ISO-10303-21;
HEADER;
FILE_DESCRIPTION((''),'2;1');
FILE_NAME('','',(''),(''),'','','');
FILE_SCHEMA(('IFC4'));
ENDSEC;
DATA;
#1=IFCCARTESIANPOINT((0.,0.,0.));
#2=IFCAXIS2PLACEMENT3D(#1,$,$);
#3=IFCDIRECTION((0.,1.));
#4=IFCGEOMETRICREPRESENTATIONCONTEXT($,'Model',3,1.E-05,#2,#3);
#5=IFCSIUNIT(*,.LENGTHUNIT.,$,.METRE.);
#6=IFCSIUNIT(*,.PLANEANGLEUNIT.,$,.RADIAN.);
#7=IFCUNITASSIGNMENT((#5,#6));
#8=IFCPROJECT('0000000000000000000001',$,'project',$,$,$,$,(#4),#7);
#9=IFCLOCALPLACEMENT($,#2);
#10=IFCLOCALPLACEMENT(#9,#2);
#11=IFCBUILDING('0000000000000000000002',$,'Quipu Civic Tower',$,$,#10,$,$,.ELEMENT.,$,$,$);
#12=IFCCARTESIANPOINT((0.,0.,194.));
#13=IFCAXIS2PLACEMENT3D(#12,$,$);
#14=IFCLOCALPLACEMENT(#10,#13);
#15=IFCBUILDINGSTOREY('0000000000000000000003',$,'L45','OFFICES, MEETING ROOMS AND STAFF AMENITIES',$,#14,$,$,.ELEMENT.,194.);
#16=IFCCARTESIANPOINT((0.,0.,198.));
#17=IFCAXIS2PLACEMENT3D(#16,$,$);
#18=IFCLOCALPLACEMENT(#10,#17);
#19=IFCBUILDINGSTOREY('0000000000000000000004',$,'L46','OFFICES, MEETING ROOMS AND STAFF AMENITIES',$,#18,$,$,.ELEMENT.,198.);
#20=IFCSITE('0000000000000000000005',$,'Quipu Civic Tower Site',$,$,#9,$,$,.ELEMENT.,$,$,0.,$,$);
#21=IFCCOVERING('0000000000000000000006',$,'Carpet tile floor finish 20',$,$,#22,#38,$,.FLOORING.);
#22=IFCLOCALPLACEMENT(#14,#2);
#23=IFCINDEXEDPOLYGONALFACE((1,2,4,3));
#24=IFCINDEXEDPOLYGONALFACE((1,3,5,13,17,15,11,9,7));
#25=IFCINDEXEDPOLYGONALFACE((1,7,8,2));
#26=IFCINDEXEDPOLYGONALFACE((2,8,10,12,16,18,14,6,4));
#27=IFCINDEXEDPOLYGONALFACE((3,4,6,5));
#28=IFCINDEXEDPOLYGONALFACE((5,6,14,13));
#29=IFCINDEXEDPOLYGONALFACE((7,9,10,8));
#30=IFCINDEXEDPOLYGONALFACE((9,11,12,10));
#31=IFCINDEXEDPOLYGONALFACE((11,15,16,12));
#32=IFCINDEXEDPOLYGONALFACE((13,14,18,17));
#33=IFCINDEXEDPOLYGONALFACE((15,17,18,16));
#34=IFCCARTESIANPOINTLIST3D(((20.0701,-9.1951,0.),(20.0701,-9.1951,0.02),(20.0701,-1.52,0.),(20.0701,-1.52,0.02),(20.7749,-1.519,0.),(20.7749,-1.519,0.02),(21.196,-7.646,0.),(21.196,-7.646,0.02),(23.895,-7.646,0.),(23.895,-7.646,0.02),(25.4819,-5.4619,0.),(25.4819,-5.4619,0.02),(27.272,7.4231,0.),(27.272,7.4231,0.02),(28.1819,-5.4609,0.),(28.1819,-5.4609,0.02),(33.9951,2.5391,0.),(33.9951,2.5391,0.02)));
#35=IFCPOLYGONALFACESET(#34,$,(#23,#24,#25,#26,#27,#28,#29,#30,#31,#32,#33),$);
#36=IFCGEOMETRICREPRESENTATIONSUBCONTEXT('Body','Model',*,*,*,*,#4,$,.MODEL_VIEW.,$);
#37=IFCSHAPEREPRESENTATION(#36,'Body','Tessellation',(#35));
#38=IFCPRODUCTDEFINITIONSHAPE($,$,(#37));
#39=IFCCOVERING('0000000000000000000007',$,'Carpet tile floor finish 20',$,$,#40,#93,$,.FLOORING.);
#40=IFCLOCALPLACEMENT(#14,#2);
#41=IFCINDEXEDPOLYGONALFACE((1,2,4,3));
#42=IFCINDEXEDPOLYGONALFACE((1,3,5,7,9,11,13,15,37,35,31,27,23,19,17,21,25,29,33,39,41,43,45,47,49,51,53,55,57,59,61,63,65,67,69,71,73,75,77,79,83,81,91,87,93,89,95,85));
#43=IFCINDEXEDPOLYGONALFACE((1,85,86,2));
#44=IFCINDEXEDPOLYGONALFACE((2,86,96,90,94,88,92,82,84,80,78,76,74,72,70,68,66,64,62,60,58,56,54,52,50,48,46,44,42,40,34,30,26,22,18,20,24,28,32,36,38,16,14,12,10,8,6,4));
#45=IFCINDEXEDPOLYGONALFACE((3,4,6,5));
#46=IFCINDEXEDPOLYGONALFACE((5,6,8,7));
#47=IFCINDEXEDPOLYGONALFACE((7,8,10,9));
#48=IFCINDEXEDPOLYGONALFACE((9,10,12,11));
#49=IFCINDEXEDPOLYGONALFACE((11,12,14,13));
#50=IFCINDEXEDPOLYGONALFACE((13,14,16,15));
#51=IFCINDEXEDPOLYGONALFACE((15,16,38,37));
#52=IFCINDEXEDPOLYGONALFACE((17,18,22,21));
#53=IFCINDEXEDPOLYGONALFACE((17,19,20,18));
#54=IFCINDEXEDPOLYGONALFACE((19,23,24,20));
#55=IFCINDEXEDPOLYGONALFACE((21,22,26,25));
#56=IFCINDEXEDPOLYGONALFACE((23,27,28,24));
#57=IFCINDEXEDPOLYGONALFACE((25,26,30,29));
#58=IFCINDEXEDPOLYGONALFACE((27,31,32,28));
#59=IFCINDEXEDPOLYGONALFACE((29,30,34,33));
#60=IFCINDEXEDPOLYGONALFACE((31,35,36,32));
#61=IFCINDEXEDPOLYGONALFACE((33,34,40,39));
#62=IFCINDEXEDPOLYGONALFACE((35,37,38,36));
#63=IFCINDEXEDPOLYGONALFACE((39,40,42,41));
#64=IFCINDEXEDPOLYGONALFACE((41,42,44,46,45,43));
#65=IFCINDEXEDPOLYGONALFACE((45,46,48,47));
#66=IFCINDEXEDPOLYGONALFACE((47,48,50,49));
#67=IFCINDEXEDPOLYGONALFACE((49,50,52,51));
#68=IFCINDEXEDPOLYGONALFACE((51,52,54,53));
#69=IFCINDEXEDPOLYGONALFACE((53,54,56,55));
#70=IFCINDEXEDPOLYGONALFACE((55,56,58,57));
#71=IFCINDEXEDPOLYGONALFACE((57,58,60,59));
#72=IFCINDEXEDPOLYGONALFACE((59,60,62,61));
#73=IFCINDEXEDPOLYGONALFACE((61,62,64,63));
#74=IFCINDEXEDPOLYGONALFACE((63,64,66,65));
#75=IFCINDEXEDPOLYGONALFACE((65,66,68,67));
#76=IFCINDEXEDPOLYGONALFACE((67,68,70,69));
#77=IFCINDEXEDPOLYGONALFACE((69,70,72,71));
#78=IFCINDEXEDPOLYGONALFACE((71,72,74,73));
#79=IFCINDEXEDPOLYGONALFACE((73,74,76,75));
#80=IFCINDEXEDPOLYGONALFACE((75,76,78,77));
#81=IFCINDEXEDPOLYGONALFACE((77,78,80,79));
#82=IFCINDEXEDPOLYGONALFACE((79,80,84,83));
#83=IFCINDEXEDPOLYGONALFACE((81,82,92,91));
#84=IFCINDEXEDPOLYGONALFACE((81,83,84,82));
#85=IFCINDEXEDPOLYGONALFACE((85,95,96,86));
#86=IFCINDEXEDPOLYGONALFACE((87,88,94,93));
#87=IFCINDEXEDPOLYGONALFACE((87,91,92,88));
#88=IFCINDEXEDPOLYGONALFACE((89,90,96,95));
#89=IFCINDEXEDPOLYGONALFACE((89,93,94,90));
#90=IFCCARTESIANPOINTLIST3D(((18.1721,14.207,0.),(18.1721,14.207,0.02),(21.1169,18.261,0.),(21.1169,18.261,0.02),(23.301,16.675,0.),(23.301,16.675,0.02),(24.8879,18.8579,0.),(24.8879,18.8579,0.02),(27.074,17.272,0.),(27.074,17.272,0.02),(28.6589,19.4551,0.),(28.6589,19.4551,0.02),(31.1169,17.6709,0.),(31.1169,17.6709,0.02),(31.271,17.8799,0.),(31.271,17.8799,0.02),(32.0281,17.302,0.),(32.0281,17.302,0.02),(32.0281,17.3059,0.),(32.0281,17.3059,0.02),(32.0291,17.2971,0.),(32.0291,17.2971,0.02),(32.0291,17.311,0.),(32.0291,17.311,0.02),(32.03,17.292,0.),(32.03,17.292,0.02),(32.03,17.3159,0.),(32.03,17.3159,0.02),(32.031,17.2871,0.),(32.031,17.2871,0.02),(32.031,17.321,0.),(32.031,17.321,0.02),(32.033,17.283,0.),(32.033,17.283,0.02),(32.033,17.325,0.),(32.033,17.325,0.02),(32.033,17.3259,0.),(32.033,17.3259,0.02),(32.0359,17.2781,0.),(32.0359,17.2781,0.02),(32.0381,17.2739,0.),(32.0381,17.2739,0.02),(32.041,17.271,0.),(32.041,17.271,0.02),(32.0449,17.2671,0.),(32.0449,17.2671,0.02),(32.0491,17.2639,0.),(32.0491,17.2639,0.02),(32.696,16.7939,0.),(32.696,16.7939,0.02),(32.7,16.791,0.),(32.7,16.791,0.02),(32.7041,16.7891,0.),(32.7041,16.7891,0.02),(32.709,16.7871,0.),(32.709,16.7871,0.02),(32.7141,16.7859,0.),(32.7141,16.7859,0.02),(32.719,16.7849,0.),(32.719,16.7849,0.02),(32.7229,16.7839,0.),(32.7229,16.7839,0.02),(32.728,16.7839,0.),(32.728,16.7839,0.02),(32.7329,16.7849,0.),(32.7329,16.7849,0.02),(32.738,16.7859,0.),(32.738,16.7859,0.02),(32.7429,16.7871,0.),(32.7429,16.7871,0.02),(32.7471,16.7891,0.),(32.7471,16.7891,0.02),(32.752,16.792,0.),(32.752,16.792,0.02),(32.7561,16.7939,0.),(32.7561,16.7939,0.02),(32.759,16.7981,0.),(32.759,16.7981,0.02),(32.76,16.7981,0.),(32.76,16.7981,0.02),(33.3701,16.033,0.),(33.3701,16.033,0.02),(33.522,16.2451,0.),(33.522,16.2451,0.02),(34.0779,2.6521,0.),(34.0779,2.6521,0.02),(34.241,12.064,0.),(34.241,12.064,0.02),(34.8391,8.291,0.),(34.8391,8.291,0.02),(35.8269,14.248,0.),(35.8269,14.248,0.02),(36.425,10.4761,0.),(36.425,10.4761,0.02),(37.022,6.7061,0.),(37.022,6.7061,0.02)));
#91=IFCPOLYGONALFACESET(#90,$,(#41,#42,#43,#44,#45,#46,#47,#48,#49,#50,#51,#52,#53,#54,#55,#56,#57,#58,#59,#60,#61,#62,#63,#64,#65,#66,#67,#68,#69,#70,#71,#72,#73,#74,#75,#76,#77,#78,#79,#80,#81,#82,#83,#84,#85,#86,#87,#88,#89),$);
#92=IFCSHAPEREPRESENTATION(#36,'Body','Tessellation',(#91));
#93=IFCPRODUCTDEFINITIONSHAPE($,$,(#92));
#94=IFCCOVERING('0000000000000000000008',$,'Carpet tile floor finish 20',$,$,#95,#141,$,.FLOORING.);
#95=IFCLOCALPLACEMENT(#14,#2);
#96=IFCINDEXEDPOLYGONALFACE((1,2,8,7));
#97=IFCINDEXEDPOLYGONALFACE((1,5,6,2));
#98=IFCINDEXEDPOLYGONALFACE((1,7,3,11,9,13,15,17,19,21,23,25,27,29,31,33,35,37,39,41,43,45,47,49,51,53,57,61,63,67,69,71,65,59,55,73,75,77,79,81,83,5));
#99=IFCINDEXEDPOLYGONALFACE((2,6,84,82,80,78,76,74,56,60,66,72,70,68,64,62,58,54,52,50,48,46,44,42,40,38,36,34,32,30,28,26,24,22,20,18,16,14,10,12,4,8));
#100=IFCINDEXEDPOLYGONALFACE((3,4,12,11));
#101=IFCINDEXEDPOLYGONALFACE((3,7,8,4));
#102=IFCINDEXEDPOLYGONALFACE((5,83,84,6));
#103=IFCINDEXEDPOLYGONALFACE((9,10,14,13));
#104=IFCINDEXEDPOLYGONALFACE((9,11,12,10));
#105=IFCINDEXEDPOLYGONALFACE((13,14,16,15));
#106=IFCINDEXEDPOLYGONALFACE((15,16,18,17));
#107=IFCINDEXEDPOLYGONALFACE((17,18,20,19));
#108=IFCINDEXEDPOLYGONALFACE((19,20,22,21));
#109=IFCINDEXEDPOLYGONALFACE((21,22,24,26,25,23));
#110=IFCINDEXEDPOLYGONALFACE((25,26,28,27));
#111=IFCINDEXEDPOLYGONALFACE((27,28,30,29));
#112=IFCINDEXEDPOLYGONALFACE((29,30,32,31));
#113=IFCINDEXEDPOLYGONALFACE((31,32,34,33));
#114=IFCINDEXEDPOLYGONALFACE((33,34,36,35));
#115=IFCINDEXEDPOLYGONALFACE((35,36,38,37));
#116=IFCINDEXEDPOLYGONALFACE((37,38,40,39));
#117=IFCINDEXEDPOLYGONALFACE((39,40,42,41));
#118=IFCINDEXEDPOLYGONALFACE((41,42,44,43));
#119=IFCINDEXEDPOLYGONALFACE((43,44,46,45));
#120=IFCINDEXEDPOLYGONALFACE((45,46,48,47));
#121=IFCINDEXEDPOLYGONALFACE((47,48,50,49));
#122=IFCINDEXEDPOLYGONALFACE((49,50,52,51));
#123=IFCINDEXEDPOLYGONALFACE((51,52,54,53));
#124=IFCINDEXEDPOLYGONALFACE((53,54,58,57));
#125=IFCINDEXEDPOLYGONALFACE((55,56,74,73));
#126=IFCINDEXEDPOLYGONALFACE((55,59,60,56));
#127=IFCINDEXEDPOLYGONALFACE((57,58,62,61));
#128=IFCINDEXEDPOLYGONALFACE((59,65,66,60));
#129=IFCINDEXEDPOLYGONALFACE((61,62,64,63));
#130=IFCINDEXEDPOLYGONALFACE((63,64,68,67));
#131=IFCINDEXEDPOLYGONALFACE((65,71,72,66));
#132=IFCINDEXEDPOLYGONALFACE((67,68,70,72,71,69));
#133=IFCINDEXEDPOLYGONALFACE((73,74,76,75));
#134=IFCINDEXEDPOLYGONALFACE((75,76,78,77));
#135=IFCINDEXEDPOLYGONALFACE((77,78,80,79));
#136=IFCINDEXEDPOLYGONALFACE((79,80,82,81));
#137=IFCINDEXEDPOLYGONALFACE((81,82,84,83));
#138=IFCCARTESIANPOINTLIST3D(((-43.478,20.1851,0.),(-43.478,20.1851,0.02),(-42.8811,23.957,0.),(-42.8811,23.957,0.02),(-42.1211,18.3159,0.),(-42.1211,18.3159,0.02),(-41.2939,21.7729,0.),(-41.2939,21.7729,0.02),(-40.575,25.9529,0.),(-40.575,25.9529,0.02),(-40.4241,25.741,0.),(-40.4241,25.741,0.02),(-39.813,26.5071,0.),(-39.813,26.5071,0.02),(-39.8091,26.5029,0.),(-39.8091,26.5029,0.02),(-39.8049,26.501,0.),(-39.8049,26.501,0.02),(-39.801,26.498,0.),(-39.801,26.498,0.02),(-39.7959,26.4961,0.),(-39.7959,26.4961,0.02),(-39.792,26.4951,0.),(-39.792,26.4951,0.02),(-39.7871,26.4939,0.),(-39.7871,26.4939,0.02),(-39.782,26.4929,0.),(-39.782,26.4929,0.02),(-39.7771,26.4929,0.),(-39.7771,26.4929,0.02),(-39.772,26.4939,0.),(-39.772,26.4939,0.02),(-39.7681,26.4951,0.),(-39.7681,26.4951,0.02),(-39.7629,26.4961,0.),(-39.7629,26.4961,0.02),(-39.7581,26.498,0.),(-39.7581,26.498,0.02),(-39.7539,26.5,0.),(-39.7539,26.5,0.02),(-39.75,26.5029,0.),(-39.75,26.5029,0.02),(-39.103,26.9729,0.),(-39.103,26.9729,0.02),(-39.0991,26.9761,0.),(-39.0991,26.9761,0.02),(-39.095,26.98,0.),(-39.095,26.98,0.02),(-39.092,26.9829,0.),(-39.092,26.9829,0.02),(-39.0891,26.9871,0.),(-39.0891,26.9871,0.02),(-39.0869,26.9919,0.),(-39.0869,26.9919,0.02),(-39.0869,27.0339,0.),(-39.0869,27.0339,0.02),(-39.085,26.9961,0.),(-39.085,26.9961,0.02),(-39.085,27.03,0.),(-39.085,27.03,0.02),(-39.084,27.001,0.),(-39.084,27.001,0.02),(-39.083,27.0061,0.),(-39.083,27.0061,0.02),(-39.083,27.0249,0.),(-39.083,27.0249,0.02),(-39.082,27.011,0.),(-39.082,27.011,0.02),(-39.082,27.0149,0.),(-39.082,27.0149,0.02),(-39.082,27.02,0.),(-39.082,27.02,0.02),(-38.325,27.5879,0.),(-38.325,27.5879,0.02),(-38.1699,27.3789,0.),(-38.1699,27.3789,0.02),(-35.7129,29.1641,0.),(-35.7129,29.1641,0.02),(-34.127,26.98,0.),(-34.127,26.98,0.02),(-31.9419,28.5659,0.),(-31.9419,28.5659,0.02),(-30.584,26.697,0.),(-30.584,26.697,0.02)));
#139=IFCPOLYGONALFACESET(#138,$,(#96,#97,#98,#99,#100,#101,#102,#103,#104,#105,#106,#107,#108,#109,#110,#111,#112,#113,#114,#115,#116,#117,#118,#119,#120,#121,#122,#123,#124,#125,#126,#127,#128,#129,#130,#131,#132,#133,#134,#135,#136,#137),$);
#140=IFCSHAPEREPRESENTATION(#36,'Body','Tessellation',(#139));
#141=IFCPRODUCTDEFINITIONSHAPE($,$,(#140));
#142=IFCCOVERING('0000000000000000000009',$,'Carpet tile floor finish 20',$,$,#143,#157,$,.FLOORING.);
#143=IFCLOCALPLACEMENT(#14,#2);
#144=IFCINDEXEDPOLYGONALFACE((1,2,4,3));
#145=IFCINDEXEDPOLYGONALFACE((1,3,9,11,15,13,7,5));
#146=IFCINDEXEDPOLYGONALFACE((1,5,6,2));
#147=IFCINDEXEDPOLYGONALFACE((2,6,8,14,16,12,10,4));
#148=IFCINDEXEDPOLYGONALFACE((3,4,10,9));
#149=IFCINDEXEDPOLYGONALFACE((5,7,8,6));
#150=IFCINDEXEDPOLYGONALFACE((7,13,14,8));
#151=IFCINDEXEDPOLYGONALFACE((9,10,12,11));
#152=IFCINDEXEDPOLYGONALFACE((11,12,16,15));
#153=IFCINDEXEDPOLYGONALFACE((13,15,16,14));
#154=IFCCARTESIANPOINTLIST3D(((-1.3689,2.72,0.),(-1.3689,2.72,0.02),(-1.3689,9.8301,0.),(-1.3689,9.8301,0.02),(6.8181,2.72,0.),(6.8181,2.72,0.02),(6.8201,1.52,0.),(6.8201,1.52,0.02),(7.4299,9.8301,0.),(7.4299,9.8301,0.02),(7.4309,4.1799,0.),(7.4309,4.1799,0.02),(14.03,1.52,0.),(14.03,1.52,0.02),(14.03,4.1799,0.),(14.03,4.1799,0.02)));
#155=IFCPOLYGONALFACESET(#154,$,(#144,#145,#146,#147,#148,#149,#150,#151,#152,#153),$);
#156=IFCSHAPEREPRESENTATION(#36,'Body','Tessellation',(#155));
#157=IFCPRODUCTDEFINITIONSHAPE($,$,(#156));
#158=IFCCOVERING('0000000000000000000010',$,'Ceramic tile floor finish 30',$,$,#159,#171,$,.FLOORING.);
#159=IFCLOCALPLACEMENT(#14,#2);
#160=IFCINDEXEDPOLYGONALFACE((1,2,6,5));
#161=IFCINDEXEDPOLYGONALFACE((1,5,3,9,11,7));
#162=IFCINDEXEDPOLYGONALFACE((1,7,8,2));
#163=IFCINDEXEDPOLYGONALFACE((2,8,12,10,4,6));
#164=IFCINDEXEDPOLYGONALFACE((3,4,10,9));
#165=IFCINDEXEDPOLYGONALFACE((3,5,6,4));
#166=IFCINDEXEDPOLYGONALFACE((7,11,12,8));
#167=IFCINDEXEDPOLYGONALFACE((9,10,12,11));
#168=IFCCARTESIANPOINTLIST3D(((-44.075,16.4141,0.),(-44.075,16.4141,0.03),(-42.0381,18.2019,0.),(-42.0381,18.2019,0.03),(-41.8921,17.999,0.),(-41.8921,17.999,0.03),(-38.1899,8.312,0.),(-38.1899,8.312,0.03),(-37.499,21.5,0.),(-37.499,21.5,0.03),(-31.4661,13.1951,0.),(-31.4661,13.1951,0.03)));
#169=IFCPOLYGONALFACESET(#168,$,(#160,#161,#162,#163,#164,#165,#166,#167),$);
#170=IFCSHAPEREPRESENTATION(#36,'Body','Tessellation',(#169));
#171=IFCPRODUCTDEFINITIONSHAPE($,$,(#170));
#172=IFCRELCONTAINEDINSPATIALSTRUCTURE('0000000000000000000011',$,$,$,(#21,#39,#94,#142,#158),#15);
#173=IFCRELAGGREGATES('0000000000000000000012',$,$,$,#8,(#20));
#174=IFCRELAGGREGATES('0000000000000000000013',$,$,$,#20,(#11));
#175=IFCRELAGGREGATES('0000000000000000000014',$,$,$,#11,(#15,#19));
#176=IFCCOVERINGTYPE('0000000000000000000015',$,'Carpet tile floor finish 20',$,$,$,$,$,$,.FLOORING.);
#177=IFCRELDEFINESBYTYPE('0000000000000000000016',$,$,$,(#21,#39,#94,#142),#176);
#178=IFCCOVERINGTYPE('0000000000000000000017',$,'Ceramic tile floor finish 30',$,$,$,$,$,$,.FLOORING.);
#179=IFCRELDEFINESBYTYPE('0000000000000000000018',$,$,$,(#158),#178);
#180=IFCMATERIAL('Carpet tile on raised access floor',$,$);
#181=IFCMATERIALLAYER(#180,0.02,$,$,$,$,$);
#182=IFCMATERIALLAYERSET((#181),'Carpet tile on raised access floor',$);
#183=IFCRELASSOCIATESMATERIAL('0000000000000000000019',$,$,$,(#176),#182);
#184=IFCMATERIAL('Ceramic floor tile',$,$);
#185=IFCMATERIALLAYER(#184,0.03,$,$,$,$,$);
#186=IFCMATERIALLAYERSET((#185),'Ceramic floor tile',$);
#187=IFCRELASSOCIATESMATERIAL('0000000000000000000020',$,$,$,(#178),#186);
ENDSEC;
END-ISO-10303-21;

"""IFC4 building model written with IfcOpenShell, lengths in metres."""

from ifc_helpers import new_model, si_unit, direction, frame, origin, place, context, subcontext, project, spatial, polyline, outline, extrude, material, layer, layer_set, type_object, element, save


model = new_model("IFC4")

# Units and contexts
model_context = context("Model", 3, precision=1e-05, world=origin(), true_north=direction((0.0, 1.0)))
body_context = subcontext(model_context, "Body", "Model", "MODEL_VIEW")
ifc_project = project(units=[si_unit("LENGTHUNIT", "METRE"), si_unit("PLANEANGLEUNIT", "RADIAN")], contexts=[model_context])

# Site, building, storey
site_placement = place(None, origin())
site = spatial("IfcSite", under=ifc_project, at=site_placement, Name="Quipu Civic Tower Site", CompositionType="ELEMENT", RefElevation=0.0)
building_placement = place(site_placement, origin())
building = spatial("IfcBuilding", under=site, at=building_placement, Name="Quipu Civic Tower", CompositionType="ELEMENT")
storey_1_placement = place(building_placement, frame((0.0, 0.0, 194.0)))
storey_1 = spatial("IfcBuildingStorey", under=building, at=storey_1_placement, Name="L45", Description="OFFICES, MEETING ROOMS AND STAFF AMENITIES", CompositionType="ELEMENT", Elevation=194.0)

# Shared definitions
storey_2_placement = place(building_placement, frame((0.0, 0.0, 198.0)))
storey_2 = spatial("IfcBuildingStorey", under=building, at=storey_2_placement, Name="L46", Description="OFFICES, MEETING ROOMS AND STAFF AMENITIES", CompositionType="ELEMENT", Elevation=198.0)

# Coverings
ifc_material_1 = material(Name="Carpet tile on raised access floor")
ifc_layer_1 = layer(ifc_material_1, 0.02)
ifc_layer_set_1 = layer_set([ifc_layer_1], Name="Carpet tile on raised access floor")
covering_type_1 = type_object("IfcCoveringType", Name="Carpet tile floor finish 20", PredefinedType="FLOORING", material=ifc_layer_set_1)
covering_1_placement = place(storey_1_placement, origin())
element("IfcCovering", 1, at=covering_1_placement, inside=storey_1, type_object=covering_type_1, Name="Carpet tile floor finish 20", PredefinedType="FLOORING", context=body_context, shape_type="SweptSolid", body=[
    extrude(outline(polyline([(20.0701, -9.1951), (20.0701, -1.52), (20.7749, -1.519), (27.272, 7.4231), (33.9951, 2.5391), (28.1819, -5.4609), (25.4819, -5.4619), (23.895, -7.646), (21.196, -7.646), (20.0701, -9.1951)])), origin(), (0.0, 0.0, 1.0), 0.02),
])
covering_2_placement = place(storey_1_placement, origin())
element("IfcCovering", 2, at=covering_2_placement, inside=storey_1, type_object=covering_type_1, Name="Carpet tile floor finish 20", PredefinedType="FLOORING", context=body_context, shape_type="SweptSolid", body=[
    extrude(outline(polyline([(18.1721, 14.207), (21.1169, 18.261), (23.301, 16.675), (24.8879, 18.8579), (27.074, 17.272), (28.6589, 19.4551), (31.1169, 17.6709), (31.271, 17.8799), (32.033, 17.3259), (32.033, 17.325), (32.031, 17.321), (32.03, 17.3159), (32.0291, 17.311), (32.0281, 17.3059), (32.0281, 17.302), (32.0291, 17.2971), (32.03, 17.292), (32.031, 17.2871), (32.033, 17.283), (32.0359, 17.2781), (32.0381, 17.2739), (32.041, 17.271), (32.0449, 17.2671), (32.0491, 17.2639), (32.696, 16.7939), (32.7, 16.791), (32.7041, 16.7891), (32.709, 16.7871), (32.7141, 16.7859), (32.719, 16.7849), (32.7229, 16.7839), (32.728, 16.7839), (32.7329, 16.7849), (32.738, 16.7859), (32.7429, 16.7871), (32.7471, 16.7891), (32.752, 16.792), (32.7561, 16.7939), (32.759, 16.7981), (32.76, 16.7981), (33.522, 16.2451), (33.3701, 16.033), (35.8269, 14.248), (34.241, 12.064), (36.425, 10.4761), (34.8391, 8.291), (37.022, 6.7061), (34.0779, 2.6521), (18.1721, 14.207)])), origin(), (0.0, 0.0, 1.0), 0.02),
])
covering_3_placement = place(storey_1_placement, origin())
element("IfcCovering", 3, at=covering_3_placement, inside=storey_1, type_object=covering_type_1, Name="Carpet tile floor finish 20", PredefinedType="FLOORING", context=body_context, shape_type="SweptSolid", body=[
    extrude(outline(polyline([(-43.478, 20.1851), (-41.2939, 21.7729), (-42.8811, 23.957), (-40.4241, 25.741), (-40.575, 25.9529), (-39.813, 26.5071), (-39.8091, 26.5029), (-39.8049, 26.501), (-39.801, 26.498), (-39.7959, 26.4961), (-39.792, 26.4951), (-39.7871, 26.4939), (-39.782, 26.4929), (-39.7771, 26.4929), (-39.772, 26.4939), (-39.7681, 26.4951), (-39.7629, 26.4961), (-39.7581, 26.498), (-39.7539, 26.5), (-39.75, 26.5029), (-39.103, 26.9729), (-39.0991, 26.9761), (-39.095, 26.98), (-39.092, 26.9829), (-39.0891, 26.9871), (-39.0869, 26.9919), (-39.085, 26.9961), (-39.084, 27.001), (-39.083, 27.0061), (-39.082, 27.011), (-39.082, 27.0149), (-39.082, 27.02), (-39.083, 27.0249), (-39.085, 27.03), (-39.0869, 27.0339), (-38.325, 27.5879), (-38.1699, 27.3789), (-35.7129, 29.1641), (-34.127, 26.98), (-31.9419, 28.5659), (-30.584, 26.697), (-42.1211, 18.3159), (-43.478, 20.1851)])), origin(), (0.0, 0.0, 1.0), 0.02),
])
covering_4_placement = place(storey_1_placement, origin())
element("IfcCovering", 4, at=covering_4_placement, inside=storey_1, type_object=covering_type_1, Name="Carpet tile floor finish 20", PredefinedType="FLOORING", context=body_context, shape_type="SweptSolid", body=[
    extrude(outline(polyline([(-1.3689, 2.72), (-1.3689, 9.8301), (7.4299, 9.8301), (7.4309, 4.1799), (14.03, 4.1799), (14.03, 1.52), (6.8201, 1.52), (6.8181, 2.72), (-1.3689, 2.72)])), origin(), (0.0, 0.0, 1.0), 0.02),
])
ifc_material_2 = material(Name="Ceramic floor tile")
ifc_layer_2 = layer(ifc_material_2, 0.03)
ifc_layer_set_2 = layer_set([ifc_layer_2], Name="Ceramic floor tile")
covering_type_2 = type_object("IfcCoveringType", Name="Ceramic tile floor finish 30", PredefinedType="FLOORING", material=ifc_layer_set_2)
covering_5_placement = place(storey_1_placement, origin())
element("IfcCovering", 5, at=covering_5_placement, inside=storey_1, type_object=covering_type_2, Name="Ceramic tile floor finish 30", PredefinedType="FLOORING", context=body_context, shape_type="SweptSolid", body=[
    extrude(outline(polyline([(-44.075, 16.4141), (-41.8921, 17.999), (-42.0381, 18.2019), (-37.499, 21.5), (-31.4661, 13.1951), (-38.1899, 8.312), (-44.075, 16.4141)])), origin(), (0.0, 0.0, 1.0), 0.03),
])

save(model, "model.ifc")
